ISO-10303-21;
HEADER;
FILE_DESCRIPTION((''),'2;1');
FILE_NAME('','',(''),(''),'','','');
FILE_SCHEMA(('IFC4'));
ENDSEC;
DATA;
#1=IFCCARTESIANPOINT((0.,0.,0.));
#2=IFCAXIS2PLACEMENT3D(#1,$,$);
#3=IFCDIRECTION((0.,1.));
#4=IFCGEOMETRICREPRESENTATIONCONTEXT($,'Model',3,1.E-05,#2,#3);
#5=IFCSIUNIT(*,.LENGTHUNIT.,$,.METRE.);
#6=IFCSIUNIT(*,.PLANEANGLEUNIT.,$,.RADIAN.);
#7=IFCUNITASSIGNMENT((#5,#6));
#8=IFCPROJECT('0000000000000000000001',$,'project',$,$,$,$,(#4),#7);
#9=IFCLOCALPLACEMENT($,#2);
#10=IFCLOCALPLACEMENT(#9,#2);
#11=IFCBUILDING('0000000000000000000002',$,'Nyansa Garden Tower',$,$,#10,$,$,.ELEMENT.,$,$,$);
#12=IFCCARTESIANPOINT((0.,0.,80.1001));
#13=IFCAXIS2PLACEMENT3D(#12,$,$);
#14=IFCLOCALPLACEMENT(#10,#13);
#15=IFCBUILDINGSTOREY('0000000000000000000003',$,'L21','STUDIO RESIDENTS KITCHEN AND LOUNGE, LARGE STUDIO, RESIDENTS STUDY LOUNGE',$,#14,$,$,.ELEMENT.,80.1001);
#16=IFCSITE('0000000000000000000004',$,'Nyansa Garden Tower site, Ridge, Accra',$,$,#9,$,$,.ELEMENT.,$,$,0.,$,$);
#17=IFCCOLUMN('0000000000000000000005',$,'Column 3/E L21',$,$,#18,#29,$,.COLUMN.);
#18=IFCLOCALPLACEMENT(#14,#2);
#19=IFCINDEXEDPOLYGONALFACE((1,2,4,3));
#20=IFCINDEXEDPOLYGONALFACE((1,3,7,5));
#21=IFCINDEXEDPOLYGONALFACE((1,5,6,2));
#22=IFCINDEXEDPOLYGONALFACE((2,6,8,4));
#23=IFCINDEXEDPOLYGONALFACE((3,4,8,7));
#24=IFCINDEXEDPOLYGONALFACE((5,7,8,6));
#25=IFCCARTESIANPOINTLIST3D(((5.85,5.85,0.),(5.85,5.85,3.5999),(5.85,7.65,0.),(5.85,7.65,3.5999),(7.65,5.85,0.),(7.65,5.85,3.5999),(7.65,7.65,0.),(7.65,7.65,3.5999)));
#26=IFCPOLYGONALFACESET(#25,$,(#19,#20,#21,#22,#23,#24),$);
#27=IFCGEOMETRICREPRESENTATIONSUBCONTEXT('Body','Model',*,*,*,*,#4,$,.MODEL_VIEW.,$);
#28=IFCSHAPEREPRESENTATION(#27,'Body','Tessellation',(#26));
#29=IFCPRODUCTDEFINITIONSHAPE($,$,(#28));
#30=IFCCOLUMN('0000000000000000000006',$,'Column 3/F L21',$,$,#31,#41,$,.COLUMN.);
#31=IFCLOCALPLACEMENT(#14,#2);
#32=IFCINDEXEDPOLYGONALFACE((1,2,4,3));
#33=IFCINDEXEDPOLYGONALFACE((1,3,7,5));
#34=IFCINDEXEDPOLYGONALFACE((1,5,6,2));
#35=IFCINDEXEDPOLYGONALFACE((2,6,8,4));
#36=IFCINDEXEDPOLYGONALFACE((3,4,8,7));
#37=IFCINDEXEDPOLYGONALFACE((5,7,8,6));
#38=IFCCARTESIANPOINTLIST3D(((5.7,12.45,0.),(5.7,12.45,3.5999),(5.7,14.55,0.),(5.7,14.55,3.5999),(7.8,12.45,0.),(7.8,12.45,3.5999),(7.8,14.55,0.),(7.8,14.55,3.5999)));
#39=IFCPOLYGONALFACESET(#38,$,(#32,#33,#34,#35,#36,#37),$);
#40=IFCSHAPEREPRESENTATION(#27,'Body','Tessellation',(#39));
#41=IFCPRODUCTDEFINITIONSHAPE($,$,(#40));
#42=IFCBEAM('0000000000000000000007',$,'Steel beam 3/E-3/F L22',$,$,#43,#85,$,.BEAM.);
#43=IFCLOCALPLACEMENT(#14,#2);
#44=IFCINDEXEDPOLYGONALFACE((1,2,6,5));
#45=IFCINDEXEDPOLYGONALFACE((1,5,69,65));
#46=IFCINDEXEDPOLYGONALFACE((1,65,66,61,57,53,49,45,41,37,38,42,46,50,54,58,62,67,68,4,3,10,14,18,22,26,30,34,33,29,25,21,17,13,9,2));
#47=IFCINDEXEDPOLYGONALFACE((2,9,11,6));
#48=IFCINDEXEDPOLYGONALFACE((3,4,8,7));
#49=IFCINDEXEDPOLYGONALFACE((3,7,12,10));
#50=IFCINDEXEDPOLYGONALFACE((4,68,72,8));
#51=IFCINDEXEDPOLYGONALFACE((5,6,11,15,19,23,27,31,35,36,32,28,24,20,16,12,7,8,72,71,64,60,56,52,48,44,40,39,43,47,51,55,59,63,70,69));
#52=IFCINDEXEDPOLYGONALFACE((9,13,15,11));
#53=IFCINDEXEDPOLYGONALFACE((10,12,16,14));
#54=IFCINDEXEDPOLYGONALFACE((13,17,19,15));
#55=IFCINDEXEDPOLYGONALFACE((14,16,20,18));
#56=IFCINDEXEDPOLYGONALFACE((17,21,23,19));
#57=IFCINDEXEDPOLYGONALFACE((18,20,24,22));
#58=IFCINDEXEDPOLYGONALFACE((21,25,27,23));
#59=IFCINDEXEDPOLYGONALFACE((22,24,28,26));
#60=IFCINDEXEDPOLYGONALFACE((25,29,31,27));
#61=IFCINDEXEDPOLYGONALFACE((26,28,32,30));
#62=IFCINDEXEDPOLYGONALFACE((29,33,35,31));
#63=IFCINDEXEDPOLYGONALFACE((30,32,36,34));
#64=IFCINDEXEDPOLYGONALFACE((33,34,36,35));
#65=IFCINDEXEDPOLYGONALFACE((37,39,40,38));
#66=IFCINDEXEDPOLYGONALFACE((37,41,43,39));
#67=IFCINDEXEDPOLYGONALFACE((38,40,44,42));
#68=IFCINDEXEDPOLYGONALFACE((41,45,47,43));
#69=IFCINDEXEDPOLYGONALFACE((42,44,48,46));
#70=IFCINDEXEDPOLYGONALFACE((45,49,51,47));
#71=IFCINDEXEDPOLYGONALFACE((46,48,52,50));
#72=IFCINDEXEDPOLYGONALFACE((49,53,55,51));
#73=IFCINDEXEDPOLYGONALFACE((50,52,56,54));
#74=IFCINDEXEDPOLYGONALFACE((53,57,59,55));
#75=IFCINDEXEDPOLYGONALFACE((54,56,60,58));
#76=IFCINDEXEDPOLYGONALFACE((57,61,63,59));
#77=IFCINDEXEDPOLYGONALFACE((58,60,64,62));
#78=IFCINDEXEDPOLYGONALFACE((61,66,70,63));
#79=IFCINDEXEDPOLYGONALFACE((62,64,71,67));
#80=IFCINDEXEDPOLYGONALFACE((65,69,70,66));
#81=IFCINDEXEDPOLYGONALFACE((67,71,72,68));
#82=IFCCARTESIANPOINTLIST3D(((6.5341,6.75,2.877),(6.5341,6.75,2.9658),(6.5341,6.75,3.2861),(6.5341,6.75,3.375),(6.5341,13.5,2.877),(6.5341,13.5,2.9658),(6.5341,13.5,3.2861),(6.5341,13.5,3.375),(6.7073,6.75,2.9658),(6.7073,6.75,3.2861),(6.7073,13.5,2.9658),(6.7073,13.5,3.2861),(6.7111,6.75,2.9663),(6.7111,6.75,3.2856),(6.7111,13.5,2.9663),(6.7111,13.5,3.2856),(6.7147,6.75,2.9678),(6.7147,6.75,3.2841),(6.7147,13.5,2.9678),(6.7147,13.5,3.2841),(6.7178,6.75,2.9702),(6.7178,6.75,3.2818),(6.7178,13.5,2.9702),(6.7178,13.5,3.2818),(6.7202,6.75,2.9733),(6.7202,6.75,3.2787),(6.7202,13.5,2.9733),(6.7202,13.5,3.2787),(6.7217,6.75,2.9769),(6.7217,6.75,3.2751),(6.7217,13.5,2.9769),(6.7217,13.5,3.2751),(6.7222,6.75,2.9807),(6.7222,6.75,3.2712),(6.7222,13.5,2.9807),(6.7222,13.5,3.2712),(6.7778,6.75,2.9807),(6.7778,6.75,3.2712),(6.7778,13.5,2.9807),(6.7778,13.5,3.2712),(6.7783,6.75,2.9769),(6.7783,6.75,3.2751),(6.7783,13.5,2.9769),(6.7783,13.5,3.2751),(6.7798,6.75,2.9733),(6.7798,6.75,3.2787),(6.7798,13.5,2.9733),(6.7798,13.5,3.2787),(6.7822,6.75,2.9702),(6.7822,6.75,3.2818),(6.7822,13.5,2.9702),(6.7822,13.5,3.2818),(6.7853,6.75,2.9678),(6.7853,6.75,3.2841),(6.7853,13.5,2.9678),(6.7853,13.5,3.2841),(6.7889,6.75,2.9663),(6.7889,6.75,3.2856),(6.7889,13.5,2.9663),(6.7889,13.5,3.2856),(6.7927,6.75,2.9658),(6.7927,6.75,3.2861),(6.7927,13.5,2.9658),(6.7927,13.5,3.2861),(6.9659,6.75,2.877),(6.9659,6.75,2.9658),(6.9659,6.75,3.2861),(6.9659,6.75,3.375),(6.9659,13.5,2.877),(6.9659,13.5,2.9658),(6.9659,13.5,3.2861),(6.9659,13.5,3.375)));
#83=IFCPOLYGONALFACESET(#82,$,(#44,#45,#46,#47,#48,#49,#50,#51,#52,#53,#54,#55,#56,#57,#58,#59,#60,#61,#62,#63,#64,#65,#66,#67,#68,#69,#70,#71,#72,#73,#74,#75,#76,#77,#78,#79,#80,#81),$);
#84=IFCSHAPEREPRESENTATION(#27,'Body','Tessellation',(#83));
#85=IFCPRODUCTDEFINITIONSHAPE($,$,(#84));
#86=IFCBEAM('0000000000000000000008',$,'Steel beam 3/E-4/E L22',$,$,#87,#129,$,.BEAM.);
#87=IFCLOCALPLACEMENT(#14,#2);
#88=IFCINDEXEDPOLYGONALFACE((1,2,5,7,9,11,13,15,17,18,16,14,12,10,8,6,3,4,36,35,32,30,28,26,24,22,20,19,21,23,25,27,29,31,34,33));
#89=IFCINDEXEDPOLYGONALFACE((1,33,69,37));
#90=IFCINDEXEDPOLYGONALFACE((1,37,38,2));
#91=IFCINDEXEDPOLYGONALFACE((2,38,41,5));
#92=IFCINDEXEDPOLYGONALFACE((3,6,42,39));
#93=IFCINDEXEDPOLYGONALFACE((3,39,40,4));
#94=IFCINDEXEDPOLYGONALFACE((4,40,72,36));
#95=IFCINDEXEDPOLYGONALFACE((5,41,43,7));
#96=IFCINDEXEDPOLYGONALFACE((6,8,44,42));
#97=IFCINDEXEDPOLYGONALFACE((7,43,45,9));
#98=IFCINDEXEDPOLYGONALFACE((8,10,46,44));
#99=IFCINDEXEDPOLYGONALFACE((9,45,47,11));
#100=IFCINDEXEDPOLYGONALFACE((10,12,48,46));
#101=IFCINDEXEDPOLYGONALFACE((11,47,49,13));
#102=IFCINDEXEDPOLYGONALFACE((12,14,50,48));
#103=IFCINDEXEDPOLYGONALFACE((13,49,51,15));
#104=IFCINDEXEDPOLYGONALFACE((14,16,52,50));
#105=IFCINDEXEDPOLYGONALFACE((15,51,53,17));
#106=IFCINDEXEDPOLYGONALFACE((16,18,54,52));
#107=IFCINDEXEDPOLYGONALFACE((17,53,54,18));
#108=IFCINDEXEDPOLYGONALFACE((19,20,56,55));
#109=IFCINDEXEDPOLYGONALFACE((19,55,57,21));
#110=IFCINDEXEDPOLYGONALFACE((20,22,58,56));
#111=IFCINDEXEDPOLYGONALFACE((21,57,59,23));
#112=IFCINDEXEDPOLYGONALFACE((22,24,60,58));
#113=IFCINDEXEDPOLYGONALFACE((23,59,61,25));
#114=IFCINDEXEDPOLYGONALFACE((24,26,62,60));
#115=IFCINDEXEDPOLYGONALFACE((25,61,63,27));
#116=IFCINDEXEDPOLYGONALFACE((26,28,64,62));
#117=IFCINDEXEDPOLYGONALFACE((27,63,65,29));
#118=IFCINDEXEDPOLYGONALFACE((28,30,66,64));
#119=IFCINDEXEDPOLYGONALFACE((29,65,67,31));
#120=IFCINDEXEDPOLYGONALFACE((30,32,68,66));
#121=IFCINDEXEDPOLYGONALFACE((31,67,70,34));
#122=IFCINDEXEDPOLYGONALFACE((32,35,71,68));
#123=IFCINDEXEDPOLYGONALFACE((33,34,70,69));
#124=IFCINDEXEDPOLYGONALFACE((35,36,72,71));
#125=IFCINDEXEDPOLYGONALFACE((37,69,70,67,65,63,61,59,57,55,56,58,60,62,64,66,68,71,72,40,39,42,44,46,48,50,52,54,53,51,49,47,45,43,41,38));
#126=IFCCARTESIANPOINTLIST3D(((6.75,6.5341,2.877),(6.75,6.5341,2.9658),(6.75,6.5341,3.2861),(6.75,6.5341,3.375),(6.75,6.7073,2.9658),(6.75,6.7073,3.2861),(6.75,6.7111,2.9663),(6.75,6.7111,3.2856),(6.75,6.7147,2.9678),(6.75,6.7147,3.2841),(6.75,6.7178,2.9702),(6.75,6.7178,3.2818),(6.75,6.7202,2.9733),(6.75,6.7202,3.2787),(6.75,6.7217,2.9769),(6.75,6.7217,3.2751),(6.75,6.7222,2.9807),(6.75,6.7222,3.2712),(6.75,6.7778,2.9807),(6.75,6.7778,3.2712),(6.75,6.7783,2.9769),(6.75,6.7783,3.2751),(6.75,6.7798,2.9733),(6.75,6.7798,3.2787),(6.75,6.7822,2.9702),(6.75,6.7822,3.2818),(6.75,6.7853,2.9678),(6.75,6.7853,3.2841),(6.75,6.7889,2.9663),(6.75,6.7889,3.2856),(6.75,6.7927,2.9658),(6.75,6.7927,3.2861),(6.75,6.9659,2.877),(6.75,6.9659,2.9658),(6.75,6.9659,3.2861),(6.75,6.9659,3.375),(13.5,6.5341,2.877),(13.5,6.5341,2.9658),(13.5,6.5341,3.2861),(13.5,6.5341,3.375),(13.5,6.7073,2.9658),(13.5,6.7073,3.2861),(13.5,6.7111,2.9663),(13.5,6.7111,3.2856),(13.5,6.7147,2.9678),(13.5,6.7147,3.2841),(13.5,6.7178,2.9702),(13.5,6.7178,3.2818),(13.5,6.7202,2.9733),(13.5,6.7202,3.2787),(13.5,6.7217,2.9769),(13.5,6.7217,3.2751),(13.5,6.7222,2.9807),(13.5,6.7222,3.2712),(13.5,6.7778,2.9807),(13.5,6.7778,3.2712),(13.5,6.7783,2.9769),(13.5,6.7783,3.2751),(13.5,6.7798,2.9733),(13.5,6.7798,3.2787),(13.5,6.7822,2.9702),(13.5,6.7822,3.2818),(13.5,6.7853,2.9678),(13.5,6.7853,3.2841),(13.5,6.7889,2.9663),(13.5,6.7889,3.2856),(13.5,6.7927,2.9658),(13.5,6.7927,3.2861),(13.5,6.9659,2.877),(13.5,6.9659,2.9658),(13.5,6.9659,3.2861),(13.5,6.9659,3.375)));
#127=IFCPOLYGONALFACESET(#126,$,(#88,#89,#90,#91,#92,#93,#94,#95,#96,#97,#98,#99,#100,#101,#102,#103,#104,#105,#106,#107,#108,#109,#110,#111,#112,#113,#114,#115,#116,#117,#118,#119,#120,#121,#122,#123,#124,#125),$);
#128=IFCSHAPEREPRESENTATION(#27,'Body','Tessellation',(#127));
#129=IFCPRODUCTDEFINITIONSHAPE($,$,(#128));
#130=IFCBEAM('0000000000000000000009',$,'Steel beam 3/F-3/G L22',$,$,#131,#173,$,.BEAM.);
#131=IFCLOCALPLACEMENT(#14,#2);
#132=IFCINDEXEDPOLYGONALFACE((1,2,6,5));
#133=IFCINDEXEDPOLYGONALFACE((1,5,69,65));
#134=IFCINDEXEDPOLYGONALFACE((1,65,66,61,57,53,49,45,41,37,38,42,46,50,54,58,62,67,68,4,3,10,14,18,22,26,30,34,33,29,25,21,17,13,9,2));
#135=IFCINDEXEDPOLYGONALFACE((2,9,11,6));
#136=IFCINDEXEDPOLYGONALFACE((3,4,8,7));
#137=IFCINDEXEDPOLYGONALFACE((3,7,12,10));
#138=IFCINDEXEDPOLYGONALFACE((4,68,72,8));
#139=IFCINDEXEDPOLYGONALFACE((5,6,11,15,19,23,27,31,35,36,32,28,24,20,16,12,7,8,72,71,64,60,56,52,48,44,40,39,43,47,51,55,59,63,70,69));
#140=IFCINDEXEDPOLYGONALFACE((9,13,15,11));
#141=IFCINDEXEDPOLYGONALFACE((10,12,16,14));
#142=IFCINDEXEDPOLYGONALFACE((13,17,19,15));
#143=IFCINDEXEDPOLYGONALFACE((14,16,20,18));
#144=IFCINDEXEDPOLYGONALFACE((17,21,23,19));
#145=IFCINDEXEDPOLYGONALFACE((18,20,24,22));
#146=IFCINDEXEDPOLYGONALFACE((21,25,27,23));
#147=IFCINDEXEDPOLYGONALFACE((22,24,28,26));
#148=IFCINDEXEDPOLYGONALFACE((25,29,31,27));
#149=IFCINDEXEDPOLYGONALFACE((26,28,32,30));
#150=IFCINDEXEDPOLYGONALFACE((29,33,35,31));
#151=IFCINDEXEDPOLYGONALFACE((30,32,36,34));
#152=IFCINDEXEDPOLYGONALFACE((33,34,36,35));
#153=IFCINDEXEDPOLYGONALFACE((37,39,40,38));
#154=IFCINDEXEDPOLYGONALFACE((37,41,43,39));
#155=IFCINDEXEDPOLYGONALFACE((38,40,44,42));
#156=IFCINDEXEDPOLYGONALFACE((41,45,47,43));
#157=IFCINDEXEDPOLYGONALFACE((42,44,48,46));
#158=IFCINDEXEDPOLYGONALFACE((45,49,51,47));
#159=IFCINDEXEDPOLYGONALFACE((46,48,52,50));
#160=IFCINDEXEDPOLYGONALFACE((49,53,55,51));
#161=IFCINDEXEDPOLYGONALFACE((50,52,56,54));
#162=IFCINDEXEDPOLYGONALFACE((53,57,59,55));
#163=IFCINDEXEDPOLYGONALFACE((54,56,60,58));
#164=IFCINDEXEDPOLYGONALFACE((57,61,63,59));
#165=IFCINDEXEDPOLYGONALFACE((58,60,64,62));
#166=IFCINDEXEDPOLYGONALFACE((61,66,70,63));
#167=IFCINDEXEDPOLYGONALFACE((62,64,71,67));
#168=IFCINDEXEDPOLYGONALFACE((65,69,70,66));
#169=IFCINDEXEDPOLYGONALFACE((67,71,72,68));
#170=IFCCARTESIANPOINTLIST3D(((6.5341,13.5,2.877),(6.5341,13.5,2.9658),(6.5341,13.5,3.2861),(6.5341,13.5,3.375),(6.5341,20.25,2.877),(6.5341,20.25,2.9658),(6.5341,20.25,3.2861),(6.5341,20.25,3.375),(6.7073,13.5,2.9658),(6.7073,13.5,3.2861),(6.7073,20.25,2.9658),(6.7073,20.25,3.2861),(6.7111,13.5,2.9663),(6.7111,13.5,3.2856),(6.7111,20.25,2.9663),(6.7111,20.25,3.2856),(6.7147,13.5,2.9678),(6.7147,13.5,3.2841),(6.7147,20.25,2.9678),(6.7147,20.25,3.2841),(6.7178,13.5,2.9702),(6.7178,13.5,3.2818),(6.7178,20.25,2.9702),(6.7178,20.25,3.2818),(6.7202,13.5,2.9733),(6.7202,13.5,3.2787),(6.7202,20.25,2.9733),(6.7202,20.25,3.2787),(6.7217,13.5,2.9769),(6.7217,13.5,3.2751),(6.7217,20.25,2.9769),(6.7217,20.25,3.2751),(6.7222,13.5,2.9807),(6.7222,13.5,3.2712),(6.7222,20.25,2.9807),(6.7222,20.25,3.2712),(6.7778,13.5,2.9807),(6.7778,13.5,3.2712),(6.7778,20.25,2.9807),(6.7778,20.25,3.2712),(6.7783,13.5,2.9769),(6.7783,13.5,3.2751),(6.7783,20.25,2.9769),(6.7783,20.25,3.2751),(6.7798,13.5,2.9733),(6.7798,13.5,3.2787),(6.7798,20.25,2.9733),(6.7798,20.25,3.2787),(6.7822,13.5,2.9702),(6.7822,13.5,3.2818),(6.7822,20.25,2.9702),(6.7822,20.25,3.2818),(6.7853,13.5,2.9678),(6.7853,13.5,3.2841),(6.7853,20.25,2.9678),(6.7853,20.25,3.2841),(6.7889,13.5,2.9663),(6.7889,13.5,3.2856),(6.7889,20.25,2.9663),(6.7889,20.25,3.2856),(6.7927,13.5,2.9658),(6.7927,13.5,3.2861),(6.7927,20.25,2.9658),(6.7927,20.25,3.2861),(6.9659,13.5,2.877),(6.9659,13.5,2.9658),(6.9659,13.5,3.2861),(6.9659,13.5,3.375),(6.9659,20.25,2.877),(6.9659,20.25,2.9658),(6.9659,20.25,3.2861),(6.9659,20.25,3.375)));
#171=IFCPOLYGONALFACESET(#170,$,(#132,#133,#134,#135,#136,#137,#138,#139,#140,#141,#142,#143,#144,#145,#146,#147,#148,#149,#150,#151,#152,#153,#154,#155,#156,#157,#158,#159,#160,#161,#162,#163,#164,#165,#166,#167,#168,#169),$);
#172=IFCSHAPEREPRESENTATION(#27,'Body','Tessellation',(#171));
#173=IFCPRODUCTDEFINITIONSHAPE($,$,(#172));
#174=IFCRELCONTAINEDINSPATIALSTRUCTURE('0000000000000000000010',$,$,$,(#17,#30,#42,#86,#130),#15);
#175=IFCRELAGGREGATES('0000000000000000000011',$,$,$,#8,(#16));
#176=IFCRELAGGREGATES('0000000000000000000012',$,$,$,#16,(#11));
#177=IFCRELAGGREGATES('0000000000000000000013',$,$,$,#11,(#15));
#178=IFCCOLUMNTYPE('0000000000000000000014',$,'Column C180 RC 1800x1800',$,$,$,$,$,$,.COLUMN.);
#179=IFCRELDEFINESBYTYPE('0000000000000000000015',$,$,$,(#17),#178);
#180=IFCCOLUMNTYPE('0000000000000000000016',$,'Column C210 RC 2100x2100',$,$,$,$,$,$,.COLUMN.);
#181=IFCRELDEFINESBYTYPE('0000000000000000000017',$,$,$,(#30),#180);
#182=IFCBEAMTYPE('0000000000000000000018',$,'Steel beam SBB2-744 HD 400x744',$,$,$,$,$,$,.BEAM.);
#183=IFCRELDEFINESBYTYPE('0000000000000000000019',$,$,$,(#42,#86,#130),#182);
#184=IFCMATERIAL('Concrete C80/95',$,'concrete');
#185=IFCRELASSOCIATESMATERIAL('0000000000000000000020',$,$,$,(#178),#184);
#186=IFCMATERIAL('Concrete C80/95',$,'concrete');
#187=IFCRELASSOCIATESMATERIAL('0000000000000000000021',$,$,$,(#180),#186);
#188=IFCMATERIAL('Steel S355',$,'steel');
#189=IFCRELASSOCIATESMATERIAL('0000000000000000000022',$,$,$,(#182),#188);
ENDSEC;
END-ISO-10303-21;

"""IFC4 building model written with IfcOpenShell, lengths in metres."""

from ifc_helpers import new_model, si_unit, direction, frame, origin, origin_2d, place, context, subcontext, project, spatial, rectangle, i_section, extrude, material, material_profile, profile_set, type_object, element, save


model = new_model("IFC4")

# Units and contexts
model_context = context("Model", 3, precision=1e-05, world=origin(), true_north=direction((0.0, 1.0)))
body_context = subcontext(model_context, "Body", "Model", "MODEL_VIEW")
ifc_project = project(units=[si_unit("LENGTHUNIT", "METRE"), si_unit("PLANEANGLEUNIT", "RADIAN")], contexts=[model_context])

# Site, building, storey
site_placement = place(None, origin())
site = spatial("IfcSite", under=ifc_project, at=site_placement, Name="Nyansa Garden Tower site, Ridge, Accra", CompositionType="ELEMENT", RefElevation=0.0)
building_placement = place(site_placement, origin())
building = spatial("IfcBuilding", under=site, at=building_placement, Name="Nyansa Garden Tower", CompositionType="ELEMENT")
storey_placement = place(building_placement, frame((0.0, 0.0, 80.1001)))
storey = spatial("IfcBuildingStorey", under=building, at=storey_placement, Name="L21", Description="STUDIO RESIDENTS KITCHEN AND LOUNGE, LARGE STUDIO, RESIDENTS STUDY LOUNGE", CompositionType="ELEMENT", Elevation=80.1001)

# Columns
ifc_material_1 = material(Name="Concrete C80/95", Category="concrete")
ifc_material_profile_1 = material_profile(ifc_material_1, rectangle(XDim=1.8, YDim=1.8, at=origin_2d()), Name="RC 1800x1800")
ifc_profile_set_1 = profile_set([ifc_material_profile_1], Name="Concrete C80/95")
column_type_1 = type_object("IfcColumnType", Name="Column C180 RC 1800x1800", PredefinedType="COLUMN", material=ifc_profile_set_1)
column_1_placement = place(storey_placement, frame((6.75, 6.75, 0.0), z_axis=(0.0, 0.0, 1.0), x_axis=(1.0, 0.0, 0.0)))
element("IfcColumn", 1, at=column_1_placement, inside=storey, type_object=column_type_1, Name="Column 3/E L21", PredefinedType="COLUMN", context=body_context, shape_type="SweptSolid", body=[
    extrude(rectangle(XDim=1.8, YDim=1.8, at=origin_2d()), origin(), (0.0, 0.0, 1.0), 3.5999),
])
ifc_material_2 = material(Name="Concrete C80/95", Category="concrete")
ifc_material_profile_2 = material_profile(ifc_material_2, rectangle(XDim=2.1001, YDim=2.1001, at=origin_2d()), Name="RC 2100x2100")
ifc_profile_set_2 = profile_set([ifc_material_profile_2], Name="Concrete C80/95")
column_type_2 = type_object("IfcColumnType", Name="Column C210 RC 2100x2100", PredefinedType="COLUMN", material=ifc_profile_set_2)
column_2_placement = place(storey_placement, frame((6.75, 13.5, 0.0), z_axis=(0.0, 0.0, 1.0), x_axis=(1.0, 0.0, 0.0)))
element("IfcColumn", 2, at=column_2_placement, inside=storey, type_object=column_type_2, Name="Column 3/F L21", PredefinedType="COLUMN", context=body_context, shape_type="SweptSolid", body=[
    extrude(rectangle(XDim=2.1001, YDim=2.1001, at=origin_2d()), origin(), (0.0, 0.0, 1.0), 3.5999),
])

# Beams
ifc_material_3 = material(Name="Steel S355", Category="steel")
ifc_material_profile_3 = material_profile(ifc_material_3, i_section(OverallWidth=0.4319, OverallDepth=0.498, WebThickness=0.0557, FlangeThickness=0.0889, FilletRadius=0.0149, at=origin_2d()), Name="HD 400x744")
ifc_profile_set_3 = profile_set([ifc_material_profile_3], Name="Steel S355")
beam_type_1 = type_object("IfcBeamType", Name="Steel beam SBB2-744 HD 400x744", PredefinedType="BEAM", material=ifc_profile_set_3)
for number, where, z_axis, x_axis, name in (
    (3, (6.75, 6.75, 3.126), (0.0, 1.0, 0.0), (-1.0, 0.0, 0.0), "Steel beam 3/E-3/F L22"),
    (4, (6.75, 6.75, 3.126), (1.0, 0.0, 0.0), (0.0, 1.0, 0.0), "Steel beam 3/E-4/E L22"),
    (5, (6.75, 13.5, 3.126), (0.0, 1.0, 0.0), (-1.0, 0.0, 0.0), "Steel beam 3/F-3/G L22"),
):
    element("IfcBeam", number, at=place(storey_placement, frame(where, z_axis=z_axis, x_axis=x_axis)), inside=storey, type_object=beam_type_1, Name=name, PredefinedType="BEAM", context=body_context, shape_type="SweptSolid", body=[
        extrude(i_section(OverallWidth=0.4319, OverallDepth=0.498, WebThickness=0.0557, FlangeThickness=0.0889, FilletRadius=0.0149, at=origin_2d()), origin(), (0.0, 0.0, 1.0), 6.75),
    ])

save(model, "model.ifc")
